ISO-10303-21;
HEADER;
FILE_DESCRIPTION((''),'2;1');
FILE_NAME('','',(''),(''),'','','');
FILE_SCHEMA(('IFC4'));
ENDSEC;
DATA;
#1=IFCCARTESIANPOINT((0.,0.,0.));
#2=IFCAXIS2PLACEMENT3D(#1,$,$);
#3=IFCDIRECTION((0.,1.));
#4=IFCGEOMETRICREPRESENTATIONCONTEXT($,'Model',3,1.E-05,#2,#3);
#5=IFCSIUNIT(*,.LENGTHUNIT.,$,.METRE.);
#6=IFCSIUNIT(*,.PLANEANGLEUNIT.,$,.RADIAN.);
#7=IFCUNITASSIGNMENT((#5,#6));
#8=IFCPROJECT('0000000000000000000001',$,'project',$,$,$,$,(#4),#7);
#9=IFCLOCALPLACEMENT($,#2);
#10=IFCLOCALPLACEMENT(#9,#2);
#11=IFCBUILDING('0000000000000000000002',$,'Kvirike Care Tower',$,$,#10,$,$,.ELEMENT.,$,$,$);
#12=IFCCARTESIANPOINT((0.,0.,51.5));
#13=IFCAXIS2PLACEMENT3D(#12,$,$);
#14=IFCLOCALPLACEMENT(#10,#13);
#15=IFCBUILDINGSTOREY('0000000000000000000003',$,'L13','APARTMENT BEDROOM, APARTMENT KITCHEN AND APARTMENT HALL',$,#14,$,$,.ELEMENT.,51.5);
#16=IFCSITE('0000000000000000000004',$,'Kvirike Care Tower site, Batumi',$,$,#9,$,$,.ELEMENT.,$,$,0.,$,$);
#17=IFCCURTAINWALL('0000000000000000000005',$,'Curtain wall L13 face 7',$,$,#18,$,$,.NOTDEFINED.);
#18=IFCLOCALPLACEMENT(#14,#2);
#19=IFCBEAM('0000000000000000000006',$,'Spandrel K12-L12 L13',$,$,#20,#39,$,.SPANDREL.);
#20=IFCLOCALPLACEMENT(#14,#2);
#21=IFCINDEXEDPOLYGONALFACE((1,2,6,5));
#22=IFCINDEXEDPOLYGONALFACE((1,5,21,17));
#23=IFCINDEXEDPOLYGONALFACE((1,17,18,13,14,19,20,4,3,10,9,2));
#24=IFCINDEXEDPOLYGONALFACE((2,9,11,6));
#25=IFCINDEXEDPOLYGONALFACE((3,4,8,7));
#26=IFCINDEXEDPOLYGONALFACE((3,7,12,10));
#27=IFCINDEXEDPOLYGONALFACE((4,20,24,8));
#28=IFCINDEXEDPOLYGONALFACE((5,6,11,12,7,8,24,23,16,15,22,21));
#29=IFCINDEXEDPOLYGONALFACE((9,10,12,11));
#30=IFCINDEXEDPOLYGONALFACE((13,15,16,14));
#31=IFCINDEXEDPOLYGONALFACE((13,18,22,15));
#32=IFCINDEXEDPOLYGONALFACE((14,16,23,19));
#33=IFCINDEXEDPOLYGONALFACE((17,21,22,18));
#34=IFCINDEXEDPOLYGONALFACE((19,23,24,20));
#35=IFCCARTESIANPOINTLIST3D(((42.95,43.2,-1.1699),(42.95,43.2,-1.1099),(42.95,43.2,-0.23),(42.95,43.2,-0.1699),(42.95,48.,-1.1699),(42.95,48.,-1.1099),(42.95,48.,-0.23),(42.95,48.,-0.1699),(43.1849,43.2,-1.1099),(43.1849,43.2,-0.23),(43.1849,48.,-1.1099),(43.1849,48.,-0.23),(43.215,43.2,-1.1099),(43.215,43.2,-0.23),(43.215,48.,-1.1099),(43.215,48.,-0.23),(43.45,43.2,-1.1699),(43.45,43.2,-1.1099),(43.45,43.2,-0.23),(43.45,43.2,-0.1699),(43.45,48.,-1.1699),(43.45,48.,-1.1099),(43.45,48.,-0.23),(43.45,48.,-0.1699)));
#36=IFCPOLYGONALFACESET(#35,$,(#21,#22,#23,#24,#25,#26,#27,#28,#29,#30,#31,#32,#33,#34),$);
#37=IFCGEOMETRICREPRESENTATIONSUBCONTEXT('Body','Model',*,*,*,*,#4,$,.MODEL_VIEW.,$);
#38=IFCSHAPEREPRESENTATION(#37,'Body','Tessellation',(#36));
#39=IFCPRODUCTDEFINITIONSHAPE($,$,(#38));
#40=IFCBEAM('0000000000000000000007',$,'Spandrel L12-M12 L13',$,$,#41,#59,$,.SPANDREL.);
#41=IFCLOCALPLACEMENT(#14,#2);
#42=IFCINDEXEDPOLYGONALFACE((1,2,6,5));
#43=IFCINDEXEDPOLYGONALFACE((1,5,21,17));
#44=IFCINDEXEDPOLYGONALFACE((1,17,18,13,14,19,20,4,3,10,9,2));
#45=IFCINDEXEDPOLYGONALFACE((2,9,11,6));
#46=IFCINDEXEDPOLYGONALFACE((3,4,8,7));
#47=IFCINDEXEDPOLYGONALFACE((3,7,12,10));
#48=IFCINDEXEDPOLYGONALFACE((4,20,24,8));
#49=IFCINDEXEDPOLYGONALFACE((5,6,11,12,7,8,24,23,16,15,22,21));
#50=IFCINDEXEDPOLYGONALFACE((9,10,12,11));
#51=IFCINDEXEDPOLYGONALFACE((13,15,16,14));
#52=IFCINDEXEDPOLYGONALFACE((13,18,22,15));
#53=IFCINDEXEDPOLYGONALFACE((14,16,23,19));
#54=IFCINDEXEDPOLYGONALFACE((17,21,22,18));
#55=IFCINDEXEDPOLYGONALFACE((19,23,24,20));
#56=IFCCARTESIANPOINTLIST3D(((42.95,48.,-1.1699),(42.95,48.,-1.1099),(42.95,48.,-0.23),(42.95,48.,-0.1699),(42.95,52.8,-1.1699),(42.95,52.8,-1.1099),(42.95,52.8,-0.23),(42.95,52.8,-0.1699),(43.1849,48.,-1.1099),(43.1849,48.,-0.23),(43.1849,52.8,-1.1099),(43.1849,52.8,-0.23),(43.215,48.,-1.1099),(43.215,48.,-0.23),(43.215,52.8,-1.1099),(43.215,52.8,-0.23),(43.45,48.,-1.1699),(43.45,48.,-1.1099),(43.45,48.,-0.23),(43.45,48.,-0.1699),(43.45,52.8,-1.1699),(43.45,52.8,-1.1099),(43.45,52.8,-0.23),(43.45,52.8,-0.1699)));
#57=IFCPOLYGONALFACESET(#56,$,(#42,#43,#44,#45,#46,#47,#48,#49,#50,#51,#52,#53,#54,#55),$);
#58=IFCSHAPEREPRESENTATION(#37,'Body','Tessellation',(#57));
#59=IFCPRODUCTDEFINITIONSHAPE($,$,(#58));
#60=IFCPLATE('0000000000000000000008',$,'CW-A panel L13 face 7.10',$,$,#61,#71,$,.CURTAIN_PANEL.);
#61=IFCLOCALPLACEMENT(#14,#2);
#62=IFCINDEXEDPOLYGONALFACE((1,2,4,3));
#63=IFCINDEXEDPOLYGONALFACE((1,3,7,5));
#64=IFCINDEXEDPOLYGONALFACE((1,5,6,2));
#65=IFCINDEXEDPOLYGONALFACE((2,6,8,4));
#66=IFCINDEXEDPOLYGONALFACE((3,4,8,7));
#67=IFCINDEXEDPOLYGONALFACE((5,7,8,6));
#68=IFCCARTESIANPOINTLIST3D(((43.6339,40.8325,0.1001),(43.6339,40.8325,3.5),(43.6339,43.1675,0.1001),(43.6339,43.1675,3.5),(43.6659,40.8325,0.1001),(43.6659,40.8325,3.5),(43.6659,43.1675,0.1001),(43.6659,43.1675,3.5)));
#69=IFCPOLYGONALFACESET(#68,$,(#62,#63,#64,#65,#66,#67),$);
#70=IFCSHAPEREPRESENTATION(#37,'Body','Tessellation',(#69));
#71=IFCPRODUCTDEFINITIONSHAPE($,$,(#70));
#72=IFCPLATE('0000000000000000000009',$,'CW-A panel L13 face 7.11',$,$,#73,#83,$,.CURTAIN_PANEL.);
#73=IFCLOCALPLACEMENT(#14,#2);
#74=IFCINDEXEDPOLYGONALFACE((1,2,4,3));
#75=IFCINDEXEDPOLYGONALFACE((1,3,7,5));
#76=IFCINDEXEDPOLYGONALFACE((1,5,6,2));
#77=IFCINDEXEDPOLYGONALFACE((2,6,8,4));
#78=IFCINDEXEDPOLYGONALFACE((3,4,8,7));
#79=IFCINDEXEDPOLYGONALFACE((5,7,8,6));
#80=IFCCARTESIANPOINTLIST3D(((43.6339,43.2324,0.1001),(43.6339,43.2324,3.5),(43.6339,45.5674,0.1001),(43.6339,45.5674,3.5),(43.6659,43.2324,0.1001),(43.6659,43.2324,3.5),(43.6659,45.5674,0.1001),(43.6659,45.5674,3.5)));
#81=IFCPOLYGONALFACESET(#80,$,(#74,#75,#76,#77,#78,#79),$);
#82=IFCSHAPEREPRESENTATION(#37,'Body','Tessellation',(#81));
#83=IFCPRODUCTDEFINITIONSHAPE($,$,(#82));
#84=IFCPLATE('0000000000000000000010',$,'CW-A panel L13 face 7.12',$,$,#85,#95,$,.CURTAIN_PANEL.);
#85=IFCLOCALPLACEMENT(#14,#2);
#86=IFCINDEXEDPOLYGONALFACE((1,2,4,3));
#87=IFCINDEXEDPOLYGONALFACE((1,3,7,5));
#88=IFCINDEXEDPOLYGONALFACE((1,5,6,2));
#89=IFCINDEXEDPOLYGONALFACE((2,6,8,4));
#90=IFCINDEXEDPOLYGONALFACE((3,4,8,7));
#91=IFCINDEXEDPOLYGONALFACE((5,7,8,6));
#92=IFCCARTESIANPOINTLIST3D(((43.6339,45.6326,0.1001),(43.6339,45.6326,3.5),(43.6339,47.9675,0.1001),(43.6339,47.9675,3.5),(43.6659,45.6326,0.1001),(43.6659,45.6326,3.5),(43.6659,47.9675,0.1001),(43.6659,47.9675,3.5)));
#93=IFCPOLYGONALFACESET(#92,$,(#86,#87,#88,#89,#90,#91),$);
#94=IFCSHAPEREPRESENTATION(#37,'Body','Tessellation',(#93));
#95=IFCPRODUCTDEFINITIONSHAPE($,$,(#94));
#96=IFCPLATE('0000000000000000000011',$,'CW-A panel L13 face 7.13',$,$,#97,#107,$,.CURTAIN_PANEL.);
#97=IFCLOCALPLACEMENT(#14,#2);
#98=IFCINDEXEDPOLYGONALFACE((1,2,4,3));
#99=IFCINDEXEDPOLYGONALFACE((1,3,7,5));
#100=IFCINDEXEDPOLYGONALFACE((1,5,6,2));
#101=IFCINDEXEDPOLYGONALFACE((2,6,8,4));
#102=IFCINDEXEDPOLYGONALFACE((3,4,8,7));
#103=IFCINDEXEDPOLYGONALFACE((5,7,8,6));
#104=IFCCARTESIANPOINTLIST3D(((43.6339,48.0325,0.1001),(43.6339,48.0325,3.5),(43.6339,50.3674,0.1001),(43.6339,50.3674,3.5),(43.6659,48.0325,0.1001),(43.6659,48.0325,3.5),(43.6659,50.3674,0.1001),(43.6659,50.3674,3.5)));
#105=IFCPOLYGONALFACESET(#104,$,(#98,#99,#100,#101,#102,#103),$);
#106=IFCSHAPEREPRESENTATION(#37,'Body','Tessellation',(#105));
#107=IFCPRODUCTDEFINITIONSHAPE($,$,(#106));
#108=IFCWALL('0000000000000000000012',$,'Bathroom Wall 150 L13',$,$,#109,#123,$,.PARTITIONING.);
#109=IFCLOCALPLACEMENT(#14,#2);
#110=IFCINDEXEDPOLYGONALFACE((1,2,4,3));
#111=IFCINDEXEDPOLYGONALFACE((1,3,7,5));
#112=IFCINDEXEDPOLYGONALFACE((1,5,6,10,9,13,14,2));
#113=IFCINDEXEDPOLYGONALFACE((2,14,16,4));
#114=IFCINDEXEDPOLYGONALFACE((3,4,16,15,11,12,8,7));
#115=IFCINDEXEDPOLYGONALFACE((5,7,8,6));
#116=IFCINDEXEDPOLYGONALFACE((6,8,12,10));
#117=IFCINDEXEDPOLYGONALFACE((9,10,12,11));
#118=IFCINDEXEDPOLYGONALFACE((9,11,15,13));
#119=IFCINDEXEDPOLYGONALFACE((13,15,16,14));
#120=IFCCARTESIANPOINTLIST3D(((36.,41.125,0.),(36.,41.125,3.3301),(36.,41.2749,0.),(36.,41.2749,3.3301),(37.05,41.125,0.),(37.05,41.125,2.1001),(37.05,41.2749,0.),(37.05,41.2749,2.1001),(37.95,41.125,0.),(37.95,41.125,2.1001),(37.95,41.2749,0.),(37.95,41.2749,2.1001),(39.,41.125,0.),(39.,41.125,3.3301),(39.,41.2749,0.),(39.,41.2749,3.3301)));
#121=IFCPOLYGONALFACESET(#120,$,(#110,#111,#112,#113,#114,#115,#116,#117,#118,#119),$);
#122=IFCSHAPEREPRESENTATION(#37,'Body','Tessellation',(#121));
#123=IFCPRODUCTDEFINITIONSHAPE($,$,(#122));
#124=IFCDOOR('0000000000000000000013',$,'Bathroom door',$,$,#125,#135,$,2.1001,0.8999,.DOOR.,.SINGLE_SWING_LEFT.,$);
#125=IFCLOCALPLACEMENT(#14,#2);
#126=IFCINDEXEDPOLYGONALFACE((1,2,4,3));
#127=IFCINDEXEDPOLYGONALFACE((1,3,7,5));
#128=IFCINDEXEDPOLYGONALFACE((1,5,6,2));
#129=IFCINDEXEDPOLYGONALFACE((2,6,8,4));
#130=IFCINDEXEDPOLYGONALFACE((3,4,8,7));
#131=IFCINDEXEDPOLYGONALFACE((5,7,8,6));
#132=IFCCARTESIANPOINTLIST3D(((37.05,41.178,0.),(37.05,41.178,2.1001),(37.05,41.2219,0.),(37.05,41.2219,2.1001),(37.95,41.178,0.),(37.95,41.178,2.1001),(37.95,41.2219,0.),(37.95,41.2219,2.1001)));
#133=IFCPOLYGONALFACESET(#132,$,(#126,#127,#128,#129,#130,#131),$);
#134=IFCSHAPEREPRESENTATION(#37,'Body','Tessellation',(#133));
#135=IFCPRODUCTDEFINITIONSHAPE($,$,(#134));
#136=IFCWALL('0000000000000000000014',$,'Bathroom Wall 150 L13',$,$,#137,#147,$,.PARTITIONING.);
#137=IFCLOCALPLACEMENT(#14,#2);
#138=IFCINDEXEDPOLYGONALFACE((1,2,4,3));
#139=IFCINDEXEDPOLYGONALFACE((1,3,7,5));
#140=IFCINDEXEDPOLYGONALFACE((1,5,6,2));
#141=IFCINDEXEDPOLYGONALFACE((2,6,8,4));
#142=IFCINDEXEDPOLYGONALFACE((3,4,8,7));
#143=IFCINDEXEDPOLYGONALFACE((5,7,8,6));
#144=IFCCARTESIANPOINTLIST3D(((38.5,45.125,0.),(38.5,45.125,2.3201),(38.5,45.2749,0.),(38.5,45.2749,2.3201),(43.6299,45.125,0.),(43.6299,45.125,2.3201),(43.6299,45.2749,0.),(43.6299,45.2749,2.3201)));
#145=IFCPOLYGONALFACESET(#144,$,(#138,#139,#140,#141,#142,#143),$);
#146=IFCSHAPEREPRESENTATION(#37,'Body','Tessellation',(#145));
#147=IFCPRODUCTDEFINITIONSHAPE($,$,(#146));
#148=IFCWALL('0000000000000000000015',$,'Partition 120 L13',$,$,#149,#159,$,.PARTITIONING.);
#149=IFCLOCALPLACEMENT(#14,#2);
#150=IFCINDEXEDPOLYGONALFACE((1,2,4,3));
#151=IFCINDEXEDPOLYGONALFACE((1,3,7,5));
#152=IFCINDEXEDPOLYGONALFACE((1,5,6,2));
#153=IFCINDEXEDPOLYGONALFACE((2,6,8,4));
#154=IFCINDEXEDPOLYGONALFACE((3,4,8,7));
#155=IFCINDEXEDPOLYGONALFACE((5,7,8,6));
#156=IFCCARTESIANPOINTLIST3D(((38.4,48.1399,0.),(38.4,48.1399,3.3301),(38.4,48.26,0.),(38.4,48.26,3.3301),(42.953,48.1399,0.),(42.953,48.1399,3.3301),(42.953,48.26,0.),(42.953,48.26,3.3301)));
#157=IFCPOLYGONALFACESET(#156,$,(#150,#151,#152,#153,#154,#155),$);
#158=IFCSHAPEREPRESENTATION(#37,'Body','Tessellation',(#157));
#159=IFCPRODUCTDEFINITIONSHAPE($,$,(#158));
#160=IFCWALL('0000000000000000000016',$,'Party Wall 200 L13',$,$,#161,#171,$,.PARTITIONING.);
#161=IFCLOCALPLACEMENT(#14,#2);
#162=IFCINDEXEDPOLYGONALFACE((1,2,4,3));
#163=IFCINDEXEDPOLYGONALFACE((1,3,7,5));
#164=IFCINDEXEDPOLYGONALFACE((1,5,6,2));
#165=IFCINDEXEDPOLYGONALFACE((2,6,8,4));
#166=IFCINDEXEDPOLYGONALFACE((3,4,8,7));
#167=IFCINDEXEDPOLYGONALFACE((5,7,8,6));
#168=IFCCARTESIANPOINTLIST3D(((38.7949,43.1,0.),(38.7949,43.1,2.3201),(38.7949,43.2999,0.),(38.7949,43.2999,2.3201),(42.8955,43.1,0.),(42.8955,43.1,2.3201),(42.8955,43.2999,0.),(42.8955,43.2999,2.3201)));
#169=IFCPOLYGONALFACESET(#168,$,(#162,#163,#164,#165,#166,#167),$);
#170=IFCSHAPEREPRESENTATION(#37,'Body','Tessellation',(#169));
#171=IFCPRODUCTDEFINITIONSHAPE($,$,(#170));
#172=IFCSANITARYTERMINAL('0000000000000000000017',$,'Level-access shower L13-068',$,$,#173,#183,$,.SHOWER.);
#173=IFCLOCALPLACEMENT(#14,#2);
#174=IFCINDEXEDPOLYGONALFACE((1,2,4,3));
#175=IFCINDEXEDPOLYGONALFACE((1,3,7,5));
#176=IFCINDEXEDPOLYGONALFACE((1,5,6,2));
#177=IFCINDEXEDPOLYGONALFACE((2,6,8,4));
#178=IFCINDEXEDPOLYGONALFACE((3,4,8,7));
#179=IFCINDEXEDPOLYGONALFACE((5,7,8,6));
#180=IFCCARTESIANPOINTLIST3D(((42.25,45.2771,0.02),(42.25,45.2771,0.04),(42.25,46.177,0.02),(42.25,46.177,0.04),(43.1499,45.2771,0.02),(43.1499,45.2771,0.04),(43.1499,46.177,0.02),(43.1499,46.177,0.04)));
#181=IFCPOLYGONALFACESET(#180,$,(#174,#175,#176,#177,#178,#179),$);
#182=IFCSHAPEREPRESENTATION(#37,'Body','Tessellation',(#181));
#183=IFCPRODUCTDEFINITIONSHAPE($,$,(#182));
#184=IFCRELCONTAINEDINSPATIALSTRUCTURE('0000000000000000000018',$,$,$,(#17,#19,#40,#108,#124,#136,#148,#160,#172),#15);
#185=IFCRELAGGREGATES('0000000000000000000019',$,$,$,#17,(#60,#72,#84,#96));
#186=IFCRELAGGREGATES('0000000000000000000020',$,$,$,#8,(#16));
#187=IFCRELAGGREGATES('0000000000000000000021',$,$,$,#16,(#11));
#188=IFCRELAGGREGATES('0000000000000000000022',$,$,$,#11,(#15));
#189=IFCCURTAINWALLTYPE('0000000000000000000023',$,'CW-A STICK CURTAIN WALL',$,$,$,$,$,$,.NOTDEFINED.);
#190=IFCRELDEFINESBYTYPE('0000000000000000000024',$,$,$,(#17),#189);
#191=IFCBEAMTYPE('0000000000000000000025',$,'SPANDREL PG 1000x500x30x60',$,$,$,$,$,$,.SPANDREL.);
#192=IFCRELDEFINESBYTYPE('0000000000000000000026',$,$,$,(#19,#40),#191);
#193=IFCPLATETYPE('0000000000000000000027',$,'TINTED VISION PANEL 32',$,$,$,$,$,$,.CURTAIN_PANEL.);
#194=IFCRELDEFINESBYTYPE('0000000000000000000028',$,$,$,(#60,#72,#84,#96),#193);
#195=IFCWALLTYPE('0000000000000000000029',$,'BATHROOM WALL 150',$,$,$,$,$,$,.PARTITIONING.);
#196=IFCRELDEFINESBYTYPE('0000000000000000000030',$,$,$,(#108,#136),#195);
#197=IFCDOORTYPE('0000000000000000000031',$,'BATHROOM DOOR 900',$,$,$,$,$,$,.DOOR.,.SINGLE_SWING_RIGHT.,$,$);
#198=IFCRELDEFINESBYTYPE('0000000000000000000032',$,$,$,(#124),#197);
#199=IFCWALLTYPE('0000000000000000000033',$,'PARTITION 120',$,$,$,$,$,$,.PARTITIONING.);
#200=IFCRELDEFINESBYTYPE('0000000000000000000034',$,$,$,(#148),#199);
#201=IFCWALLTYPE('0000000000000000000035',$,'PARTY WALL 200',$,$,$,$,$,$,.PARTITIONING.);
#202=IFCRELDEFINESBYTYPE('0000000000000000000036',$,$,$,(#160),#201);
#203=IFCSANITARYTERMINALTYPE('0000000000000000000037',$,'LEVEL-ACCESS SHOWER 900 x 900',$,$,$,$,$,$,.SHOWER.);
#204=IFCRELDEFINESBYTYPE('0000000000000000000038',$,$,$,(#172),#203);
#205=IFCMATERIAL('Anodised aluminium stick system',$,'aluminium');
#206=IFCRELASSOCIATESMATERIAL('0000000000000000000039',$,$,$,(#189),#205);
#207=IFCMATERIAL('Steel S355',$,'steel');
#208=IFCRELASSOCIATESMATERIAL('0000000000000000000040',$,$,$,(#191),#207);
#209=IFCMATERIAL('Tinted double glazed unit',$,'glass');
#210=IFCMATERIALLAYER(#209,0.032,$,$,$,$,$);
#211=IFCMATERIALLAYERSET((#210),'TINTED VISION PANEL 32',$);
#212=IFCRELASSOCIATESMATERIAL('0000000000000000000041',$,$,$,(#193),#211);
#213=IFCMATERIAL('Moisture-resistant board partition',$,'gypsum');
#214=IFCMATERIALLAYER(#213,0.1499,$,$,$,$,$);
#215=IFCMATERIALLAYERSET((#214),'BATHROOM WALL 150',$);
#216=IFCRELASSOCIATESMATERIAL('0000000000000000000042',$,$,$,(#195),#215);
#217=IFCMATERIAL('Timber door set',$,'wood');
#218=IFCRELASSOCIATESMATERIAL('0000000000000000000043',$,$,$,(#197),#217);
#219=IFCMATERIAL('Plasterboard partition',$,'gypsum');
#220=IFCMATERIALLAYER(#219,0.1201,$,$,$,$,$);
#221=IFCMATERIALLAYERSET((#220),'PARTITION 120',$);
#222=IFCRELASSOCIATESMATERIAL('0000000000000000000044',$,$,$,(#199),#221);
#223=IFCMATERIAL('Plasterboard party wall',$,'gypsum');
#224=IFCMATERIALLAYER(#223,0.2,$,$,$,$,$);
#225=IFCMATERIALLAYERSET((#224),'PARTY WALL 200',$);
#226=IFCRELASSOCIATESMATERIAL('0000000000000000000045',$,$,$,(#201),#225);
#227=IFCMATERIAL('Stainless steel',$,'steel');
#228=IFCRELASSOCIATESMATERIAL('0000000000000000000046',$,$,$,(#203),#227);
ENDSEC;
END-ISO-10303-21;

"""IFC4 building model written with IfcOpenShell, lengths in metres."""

from ifc_helpers import new_model, si_unit, direction, frame, frame_2d, origin, origin_2d, place, context, subcontext, project, spatial, rectangle, i_section, extrude, material, layer, layer_set, material_profile, profile_set, type_object, element, fill, aggregate, save


model = new_model("IFC4")

# Units and contexts
model_context = context("Model", 3, precision=1e-05, world=origin(), true_north=direction((0.0, 1.0)))
body_context = subcontext(model_context, "Body", "Model", "MODEL_VIEW")
ifc_project = project(units=[si_unit("LENGTHUNIT", "METRE"), si_unit("PLANEANGLEUNIT", "RADIAN")], contexts=[model_context])

# Site, building, storey
site_placement = place(None, origin())
site = spatial("IfcSite", under=ifc_project, at=site_placement, Name="Kvirike Care Tower site, Batumi", CompositionType="ELEMENT", RefElevation=0.0)
building_placement = place(site_placement, origin())
building = spatial("IfcBuilding", under=site, at=building_placement, Name="Kvirike Care Tower", CompositionType="ELEMENT")
storey_placement = place(building_placement, frame((0.0, 0.0, 51.5)))
storey = spatial("IfcBuildingStorey", under=building, at=storey_placement, Name="L13", Description="APARTMENT BEDROOM, APARTMENT KITCHEN AND APARTMENT HALL", CompositionType="ELEMENT", Elevation=51.5)

# Curtain wall
ifc_material_1 = material(Name="Anodised aluminium stick system", Category="aluminium")
curtain_wall_type = type_object("IfcCurtainWallType", Name="CW-A STICK CURTAIN WALL", PredefinedType="NOTDEFINED", material=ifc_material_1)
curtain_wall_placement = place(storey_placement, origin())
curtain_wall = element("IfcCurtainWall", 1, at=curtain_wall_placement, inside=storey, type_object=curtain_wall_type, Name="Curtain wall L13 face 7", PredefinedType="NOTDEFINED")

# Beams
ifc_material_2 = material(Name="Steel S355", Category="steel")
ifc_material_profile_1 = material_profile(ifc_material_2, i_section(OverallWidth=0.5, OverallDepth=1.0, WebThickness=0.03, FlangeThickness=0.0601, at=origin_2d()), Name="PG 1000x500x30x60")
ifc_profile_set_1 = profile_set([ifc_material_profile_1], Name="Steel S355")
beam_type = type_object("IfcBeamType", Name="SPANDREL PG 1000x500x30x60", PredefinedType="SPANDREL", material=ifc_profile_set_1)
for number, where, z_axis, x_axis, name in (
    (2, (43.2, 43.2, -0.6699), (0.0, 1.0, 0.0), (-1.0, 0.0, 0.0), "Spandrel K12-L12 L13"),
    (3, (43.2, 48.0, -0.6699), (0.0, 1.0, 0.0), (-1.0, 0.0, 0.0), "Spandrel L12-M12 L13"),
):
    element("IfcBeam", number, at=place(storey_placement, frame(where, z_axis=z_axis, x_axis=x_axis)), inside=storey, type_object=beam_type, Name=name, PredefinedType="SPANDREL", context=body_context, shape_type="SweptSolid", body=[
        extrude(i_section(OverallWidth=0.5, OverallDepth=1.0, WebThickness=0.03, FlangeThickness=0.0601, at=origin_2d()), origin(), (0.0, 0.0, 1.0), 4.8),
    ])

# Plates
ifc_material_3 = material(Name="Tinted double glazed unit", Category="glass")
ifc_layer_1 = layer(ifc_material_3, 0.032)
ifc_layer_set_1 = layer_set([ifc_layer_1], Name="TINTED VISION PANEL 32")
plate_type = type_object("IfcPlateType", Name="TINTED VISION PANEL 32", PredefinedType="CURTAIN_PANEL", material=ifc_layer_set_1)
plate_1_placement = place(storey_placement, frame((43.6499, 42.0, 0.1001), z_axis=(0.0, 0.0, 1.0), x_axis=(0.0, 1.0, 0.0)))
plate_1 = element("IfcPlate", 4, at=plate_1_placement, type_object=plate_type, Name="CW-A panel L13 face 7.10", PredefinedType="CURTAIN_PANEL", context=body_context, shape_type="SweptSolid", body=[
    extrude(rectangle(XDim=2.335, YDim=0.032, at=origin_2d()), origin(), (0.0, 0.0, 1.0), 3.3999),
])
plate_2_placement = place(storey_placement, frame((43.6499, 44.3999, 0.1001), z_axis=(0.0, 0.0, 1.0), x_axis=(0.0, 1.0, 0.0)))
plate_2 = element("IfcPlate", 5, at=plate_2_placement, type_object=plate_type, Name="CW-A panel L13 face 7.11", PredefinedType="CURTAIN_PANEL", context=body_context, shape_type="SweptSolid", body=[
    extrude(rectangle(XDim=2.335, YDim=0.032, at=origin_2d()), origin(), (0.0, 0.0, 1.0), 3.3999),
])
plate_3_placement = place(storey_placement, frame((43.6499, 46.8, 0.1001), z_axis=(0.0, 0.0, 1.0), x_axis=(0.0, 1.0, 0.0)))
plate_3 = element("IfcPlate", 6, at=plate_3_placement, type_object=plate_type, Name="CW-A panel L13 face 7.12", PredefinedType="CURTAIN_PANEL", context=body_context, shape_type="SweptSolid", body=[
    extrude(rectangle(XDim=2.335, YDim=0.032, at=origin_2d()), origin(), (0.0, 0.0, 1.0), 3.3999),
])
plate_4_placement = place(storey_placement, frame((43.6499, 49.2, 0.1001), z_axis=(0.0, 0.0, 1.0), x_axis=(0.0, 1.0, 0.0)))
plate_4 = element("IfcPlate", 7, at=plate_4_placement, type_object=plate_type, Name="CW-A panel L13 face 7.13", PredefinedType="CURTAIN_PANEL", context=body_context, shape_type="SweptSolid", body=[
    extrude(rectangle(XDim=2.335, YDim=0.032, at=origin_2d()), origin(), (0.0, 0.0, 1.0), 3.3999),
])
aggregate(curtain_wall, [plate_1, plate_2, plate_3, plate_4])

# Wall, opening, door
ifc_material_4 = material(Name="Moisture-resistant board partition", Category="gypsum")
ifc_layer_2 = layer(ifc_material_4, 0.1499)
ifc_layer_set_2 = layer_set([ifc_layer_2], Name="BATHROOM WALL 150")
wall_type_1 = type_object("IfcWallType", Name="BATHROOM WALL 150", PredefinedType="PARTITIONING", material=ifc_layer_set_2)
wall_1_placement = place(storey_placement, frame((39.0, 41.2, 0.0), z_axis=(0.0, 0.0, 1.0), x_axis=(-1.0, 0.0, 0.0)))
wall_1 = element("IfcWall", 8, at=wall_1_placement, inside=storey, type_object=wall_type_1, Name="Bathroom Wall 150 L13", PredefinedType="PARTITIONING", context=body_context, shape_type="SweptSolid", body=[
    extrude(rectangle(XDim=3.0, YDim=0.1499, at=frame_2d((1.5, 0.0))), origin(), (0.0, 0.0, 1.0), 3.3301),
])
opening_placement = place(wall_1_placement, frame((1.05, 0.0, 0.0)))
opening = element("IfcOpeningElement", 9, at=opening_placement, cuts=wall_1, PredefinedType="OPENING", context=body_context, shape_type="SweptSolid", body=[
    extrude(rectangle(XDim=0.8999, YDim=2.1001, at=frame_2d((0.45, 1.05))), frame((0.0, 0.0854, 0.0), z_axis=(0.0, -1.0, 0.0), x_axis=(1.0, 0.0, 0.0)), (0.0, 0.0, 1.0), 0.1709),
])
ifc_material_5 = material(Name="Timber door set", Category="wood")
door_type = type_object("IfcDoorType", Name="BATHROOM DOOR 900", OperationType="SINGLE_SWING_RIGHT", PredefinedType="DOOR", material=ifc_material_5)
door_placement = place(opening_placement, origin())
door = element("IfcDoor", 10, at=door_placement, inside=storey, type_object=door_type, Name="Bathroom door", OperationType="SINGLE_SWING_LEFT", OverallHeight=2.1001, OverallWidth=0.8999, PredefinedType="DOOR", context=body_context, shape_type="SweptSolid", body=[
    extrude(rectangle(XDim=0.8999, YDim=2.1001, at=frame_2d((0.45, 1.05))), frame((0.0, 0.022, 0.0), z_axis=(0.0, -1.0, 0.0), x_axis=(1.0, 0.0, 0.0)), (0.0, 0.0, 1.0), 0.0439),
])
fill(opening, door)

# Walls
wall_2_placement = place(storey_placement, frame((43.6299, 45.2, 0.0), z_axis=(0.0, 0.0, 1.0), x_axis=(-1.0, 0.0, 0.0)))
element("IfcWall", 11, at=wall_2_placement, inside=storey, type_object=wall_type_1, Name="Bathroom Wall 150 L13", PredefinedType="PARTITIONING", context=body_context, shape_type="SweptSolid", body=[
    extrude(rectangle(XDim=5.1299, YDim=0.1499, at=frame_2d((2.5649, 0.0))), origin(), (0.0, 0.0, 1.0), 2.3201),
])
ifc_material_6 = material(Name="Plasterboard partition", Category="gypsum")
ifc_layer_3 = layer(ifc_material_6, 0.1201)
ifc_layer_set_3 = layer_set([ifc_layer_3], Name="PARTITION 120")
wall_type_2 = type_object("IfcWallType", Name="PARTITION 120", PredefinedType="PARTITIONING", material=ifc_layer_set_3)
wall_3_placement = place(storey_placement, frame((42.9529, 48.2, 0.0), z_axis=(0.0, 0.0, 1.0), x_axis=(-1.0, 0.0, 0.0)))
element("IfcWall", 12, at=wall_3_placement, inside=storey, type_object=wall_type_2, Name="Partition 120 L13", PredefinedType="PARTITIONING", context=body_context, shape_type="SweptSolid", body=[
    extrude(rectangle(XDim=4.553, YDim=0.1201, at=frame_2d((2.2764, 0.0))), origin(), (0.0, 0.0, 1.0), 3.3301),
])
ifc_material_7 = material(Name="Plasterboard party wall", Category="gypsum")
ifc_layer_4 = layer(ifc_material_7, 0.2)
ifc_layer_set_4 = layer_set([ifc_layer_4], Name="PARTY WALL 200")
wall_type_3 = type_object("IfcWallType", Name="PARTY WALL 200", PredefinedType="PARTITIONING", material=ifc_layer_set_4)
wall_4_placement = place(storey_placement, frame((42.8955, 43.2, 0.0), z_axis=(0.0, 0.0, 1.0), x_axis=(-1.0, 0.0, 0.0)))
element("IfcWall", 13, at=wall_4_placement, inside=storey, type_object=wall_type_3, Name="Party Wall 200 L13", PredefinedType="PARTITIONING", context=body_context, shape_type="SweptSolid", body=[
    extrude(rectangle(XDim=4.1006, YDim=0.2, at=frame_2d((2.0503, 0.0))), origin(), (0.0, 0.0, 1.0), 2.3201),
])

# Sanitary terminal
ifc_material_8 = material(Name="Stainless steel", Category="steel")
sanitary_terminal_type_1 = type_object("IfcSanitaryTerminalType", Name="LEVEL-ACCESS SHOWER 900 x 900", PredefinedType="SHOWER", material=ifc_material_8)
sanitary_terminal_1_placement = place(storey_placement, frame((42.7, 45.7271, 0.02), z_axis=(0.0, 0.0, 1.0), x_axis=(-1.0, 0.0, 0.0)))
element("IfcSanitaryTerminal", 14, at=sanitary_terminal_1_placement, inside=storey, type_object=sanitary_terminal_type_1, Name="Level-access shower L13-068", PredefinedType="SHOWER", context=body_context, shape_type="SweptSolid", body=[
    extrude(rectangle(XDim=0.8999, YDim=0.8999, at=origin_2d()), origin(), (0.0, 0.0, 1.0), 0.02),
])

save(model, "model.ifc")
